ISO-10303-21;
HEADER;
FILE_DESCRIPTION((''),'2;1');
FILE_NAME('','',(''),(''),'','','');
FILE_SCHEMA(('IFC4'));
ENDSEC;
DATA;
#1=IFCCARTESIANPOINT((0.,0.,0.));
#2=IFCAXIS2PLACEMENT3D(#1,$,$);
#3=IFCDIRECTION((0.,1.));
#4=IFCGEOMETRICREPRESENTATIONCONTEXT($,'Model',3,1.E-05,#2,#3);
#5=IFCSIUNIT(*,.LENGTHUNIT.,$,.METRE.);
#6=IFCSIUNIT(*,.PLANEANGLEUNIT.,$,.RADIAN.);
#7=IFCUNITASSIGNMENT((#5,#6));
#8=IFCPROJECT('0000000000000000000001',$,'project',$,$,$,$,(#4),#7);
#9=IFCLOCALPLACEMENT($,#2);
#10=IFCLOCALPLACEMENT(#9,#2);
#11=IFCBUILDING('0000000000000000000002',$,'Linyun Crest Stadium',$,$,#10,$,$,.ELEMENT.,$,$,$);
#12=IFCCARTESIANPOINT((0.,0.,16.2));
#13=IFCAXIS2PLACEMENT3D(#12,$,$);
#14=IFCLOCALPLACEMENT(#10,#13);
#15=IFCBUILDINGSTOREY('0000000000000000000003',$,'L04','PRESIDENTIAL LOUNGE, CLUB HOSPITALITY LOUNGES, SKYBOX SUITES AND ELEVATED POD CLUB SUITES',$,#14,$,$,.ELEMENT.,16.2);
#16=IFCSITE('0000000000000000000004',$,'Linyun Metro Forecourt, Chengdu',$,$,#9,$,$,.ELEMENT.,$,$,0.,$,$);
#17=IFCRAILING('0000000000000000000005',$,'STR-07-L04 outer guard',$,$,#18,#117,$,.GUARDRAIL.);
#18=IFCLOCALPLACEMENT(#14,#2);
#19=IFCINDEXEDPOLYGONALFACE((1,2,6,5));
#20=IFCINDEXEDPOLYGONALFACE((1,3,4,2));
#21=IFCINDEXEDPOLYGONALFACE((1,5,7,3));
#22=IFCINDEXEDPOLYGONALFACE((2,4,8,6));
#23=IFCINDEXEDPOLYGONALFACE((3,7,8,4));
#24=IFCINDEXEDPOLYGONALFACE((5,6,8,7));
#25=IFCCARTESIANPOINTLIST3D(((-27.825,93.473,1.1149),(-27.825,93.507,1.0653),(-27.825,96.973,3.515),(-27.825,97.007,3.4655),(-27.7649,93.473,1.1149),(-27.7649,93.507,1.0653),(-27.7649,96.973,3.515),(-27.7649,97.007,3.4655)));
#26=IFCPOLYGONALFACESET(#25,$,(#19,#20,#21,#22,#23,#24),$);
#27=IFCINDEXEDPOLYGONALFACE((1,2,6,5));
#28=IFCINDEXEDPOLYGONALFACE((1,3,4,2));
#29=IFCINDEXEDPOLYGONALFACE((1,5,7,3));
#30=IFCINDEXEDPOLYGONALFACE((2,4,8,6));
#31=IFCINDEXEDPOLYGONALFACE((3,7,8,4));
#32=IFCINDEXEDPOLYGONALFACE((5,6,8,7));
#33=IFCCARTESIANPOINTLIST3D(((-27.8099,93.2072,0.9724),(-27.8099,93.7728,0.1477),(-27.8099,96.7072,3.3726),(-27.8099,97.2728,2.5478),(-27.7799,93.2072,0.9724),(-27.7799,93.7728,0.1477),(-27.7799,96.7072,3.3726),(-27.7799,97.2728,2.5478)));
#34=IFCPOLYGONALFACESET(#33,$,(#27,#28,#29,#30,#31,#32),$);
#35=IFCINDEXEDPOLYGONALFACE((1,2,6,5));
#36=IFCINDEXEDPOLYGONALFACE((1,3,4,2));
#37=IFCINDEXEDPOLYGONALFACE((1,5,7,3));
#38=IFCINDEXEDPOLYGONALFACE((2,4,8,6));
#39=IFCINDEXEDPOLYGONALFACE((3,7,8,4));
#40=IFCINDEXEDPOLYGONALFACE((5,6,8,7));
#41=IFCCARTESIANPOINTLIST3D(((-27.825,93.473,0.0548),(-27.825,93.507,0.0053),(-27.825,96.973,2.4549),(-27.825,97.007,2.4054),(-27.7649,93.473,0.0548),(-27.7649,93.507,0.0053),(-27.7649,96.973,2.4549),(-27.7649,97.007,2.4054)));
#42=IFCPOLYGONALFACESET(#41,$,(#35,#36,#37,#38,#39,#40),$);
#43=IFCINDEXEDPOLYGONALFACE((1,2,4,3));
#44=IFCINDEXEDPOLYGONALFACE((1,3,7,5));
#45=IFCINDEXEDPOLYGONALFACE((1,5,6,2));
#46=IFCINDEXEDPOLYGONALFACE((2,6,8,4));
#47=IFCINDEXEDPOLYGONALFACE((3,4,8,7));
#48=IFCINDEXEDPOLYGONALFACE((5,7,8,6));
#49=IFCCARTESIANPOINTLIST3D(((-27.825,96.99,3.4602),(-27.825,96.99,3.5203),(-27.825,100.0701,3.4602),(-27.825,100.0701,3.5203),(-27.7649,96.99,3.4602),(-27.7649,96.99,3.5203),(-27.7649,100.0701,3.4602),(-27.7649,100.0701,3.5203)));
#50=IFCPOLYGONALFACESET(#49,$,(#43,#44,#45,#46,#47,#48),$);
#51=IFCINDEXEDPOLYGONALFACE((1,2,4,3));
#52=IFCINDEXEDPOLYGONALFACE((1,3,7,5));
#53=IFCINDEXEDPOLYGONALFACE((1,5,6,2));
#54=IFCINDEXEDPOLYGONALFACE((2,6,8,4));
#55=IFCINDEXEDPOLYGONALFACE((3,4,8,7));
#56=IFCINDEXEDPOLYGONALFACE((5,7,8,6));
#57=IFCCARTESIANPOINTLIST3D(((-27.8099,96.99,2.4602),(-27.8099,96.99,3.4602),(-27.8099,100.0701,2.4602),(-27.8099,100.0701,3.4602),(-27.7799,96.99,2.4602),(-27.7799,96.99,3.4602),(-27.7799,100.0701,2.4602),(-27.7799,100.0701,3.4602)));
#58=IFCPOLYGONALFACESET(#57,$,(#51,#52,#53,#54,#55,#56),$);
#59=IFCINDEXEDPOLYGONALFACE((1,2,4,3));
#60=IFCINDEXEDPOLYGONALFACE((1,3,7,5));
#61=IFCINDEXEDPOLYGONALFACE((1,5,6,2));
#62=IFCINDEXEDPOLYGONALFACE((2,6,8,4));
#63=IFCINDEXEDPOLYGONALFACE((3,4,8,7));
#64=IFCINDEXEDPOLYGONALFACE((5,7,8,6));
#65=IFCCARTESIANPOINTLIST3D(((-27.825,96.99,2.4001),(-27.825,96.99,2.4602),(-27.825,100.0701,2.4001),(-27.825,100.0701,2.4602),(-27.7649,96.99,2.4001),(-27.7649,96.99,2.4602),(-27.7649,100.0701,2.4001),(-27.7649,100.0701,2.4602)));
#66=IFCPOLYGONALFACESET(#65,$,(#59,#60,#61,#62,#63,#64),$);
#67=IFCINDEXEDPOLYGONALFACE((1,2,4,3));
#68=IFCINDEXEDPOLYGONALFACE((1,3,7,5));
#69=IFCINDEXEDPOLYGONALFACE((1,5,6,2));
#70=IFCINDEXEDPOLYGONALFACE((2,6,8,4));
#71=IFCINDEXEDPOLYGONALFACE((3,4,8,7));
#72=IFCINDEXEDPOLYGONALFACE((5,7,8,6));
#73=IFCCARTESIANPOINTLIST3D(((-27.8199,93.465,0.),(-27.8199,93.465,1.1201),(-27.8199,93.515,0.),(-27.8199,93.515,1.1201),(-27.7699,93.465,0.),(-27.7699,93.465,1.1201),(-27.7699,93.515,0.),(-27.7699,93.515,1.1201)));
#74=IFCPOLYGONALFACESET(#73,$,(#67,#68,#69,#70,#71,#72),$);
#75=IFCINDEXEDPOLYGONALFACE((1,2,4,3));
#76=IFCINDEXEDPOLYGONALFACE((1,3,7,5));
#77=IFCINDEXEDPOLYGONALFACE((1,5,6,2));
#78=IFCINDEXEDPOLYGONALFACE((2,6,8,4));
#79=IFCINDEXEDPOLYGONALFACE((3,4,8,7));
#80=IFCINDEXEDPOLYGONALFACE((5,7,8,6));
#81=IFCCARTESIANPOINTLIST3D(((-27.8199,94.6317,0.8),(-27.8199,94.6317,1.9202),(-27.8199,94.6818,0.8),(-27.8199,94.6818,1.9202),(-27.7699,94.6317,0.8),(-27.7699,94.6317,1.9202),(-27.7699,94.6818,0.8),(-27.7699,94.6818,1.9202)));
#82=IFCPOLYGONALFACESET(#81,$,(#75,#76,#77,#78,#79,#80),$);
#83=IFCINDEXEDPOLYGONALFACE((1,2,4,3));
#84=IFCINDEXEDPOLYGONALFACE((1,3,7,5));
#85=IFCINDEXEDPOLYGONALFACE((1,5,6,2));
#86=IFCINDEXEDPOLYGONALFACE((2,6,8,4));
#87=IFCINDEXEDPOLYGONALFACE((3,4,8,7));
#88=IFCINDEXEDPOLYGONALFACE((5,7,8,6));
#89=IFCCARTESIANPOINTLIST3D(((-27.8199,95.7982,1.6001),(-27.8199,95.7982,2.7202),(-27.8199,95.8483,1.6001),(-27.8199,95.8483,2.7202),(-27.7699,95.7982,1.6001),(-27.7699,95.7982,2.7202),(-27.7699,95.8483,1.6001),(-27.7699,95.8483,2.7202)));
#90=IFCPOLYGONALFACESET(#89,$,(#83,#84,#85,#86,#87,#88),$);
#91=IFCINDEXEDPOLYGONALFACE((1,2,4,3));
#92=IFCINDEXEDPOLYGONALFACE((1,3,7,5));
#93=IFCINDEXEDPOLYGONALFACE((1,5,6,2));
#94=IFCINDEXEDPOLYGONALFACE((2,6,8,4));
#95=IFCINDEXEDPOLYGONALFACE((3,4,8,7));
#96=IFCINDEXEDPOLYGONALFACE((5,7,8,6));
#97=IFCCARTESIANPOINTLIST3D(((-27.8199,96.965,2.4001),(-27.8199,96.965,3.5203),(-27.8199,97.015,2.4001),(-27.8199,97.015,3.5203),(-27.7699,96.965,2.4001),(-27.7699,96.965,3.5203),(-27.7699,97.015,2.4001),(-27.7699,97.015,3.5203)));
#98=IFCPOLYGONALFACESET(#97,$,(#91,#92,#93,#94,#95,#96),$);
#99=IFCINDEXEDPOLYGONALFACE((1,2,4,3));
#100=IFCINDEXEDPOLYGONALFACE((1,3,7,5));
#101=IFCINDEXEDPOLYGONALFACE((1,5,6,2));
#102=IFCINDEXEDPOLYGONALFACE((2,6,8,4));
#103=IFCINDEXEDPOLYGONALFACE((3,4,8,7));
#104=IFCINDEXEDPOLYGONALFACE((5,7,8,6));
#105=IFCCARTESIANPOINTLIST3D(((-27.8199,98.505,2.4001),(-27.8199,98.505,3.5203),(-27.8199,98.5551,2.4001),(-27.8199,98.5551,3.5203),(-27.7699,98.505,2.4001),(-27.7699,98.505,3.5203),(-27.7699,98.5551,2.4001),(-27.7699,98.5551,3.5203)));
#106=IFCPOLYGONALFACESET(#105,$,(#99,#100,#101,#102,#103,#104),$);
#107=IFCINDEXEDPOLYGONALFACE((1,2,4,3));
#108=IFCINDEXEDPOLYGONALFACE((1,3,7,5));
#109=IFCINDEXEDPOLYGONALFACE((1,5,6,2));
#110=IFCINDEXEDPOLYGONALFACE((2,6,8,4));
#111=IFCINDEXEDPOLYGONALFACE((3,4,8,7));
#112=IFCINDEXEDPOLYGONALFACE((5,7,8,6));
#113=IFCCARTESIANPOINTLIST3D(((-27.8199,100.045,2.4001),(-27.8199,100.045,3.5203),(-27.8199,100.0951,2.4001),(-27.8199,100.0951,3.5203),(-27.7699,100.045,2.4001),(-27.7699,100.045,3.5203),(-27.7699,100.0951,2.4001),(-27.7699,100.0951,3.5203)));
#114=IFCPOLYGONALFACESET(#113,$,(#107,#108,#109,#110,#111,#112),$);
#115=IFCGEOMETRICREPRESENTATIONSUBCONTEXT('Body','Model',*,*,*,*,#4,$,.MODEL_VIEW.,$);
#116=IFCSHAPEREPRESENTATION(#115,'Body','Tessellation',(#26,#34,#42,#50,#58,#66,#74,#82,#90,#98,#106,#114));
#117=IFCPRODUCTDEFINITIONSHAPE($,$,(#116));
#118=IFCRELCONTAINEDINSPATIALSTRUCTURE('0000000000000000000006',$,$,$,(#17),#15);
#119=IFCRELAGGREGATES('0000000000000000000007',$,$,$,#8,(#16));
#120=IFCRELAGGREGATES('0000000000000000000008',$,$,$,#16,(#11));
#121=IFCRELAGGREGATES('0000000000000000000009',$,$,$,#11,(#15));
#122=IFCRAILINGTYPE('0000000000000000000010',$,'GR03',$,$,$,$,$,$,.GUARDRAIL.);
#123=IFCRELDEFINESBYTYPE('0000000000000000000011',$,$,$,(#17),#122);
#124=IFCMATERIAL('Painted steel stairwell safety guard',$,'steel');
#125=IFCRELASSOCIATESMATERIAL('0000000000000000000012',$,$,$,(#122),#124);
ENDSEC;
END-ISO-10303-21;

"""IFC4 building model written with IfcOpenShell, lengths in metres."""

from ifc_helpers import new_model, si_unit, direction, frame, origin, origin_2d, place, context, subcontext, project, spatial, rectangle, extrude, material, type_object, element, save


model = new_model("IFC4")

# Units and contexts
model_context = context("Model", 3, precision=1e-05, world=origin(), true_north=direction((0.0, 1.0)))
body_context = subcontext(model_context, "Body", "Model", "MODEL_VIEW")
ifc_project = project(units=[si_unit("LENGTHUNIT", "METRE"), si_unit("PLANEANGLEUNIT", "RADIAN")], contexts=[model_context])

# Site, building, storey
site_placement = place(None, origin())
site = spatial("IfcSite", under=ifc_project, at=site_placement, Name="Linyun Metro Forecourt, Chengdu", CompositionType="ELEMENT", RefElevation=0.0)
building_placement = place(site_placement, origin())
building = spatial("IfcBuilding", under=site, at=building_placement, Name="Linyun Crest Stadium", CompositionType="ELEMENT")
storey_placement = place(building_placement, frame((0.0, 0.0, 16.2)))
storey = spatial("IfcBuildingStorey", under=building, at=storey_placement, Name="L04", Description="PRESIDENTIAL LOUNGE, CLUB HOSPITALITY LOUNGES, SKYBOX SUITES AND ELEVATED POD CLUB SUITES", CompositionType="ELEMENT", Elevation=16.2)

# Railing
ifc_material_1 = material(Name="Painted steel stairwell safety guard", Category="steel")
railing_type_1 = type_object("IfcRailingType", Name="GR03", PredefinedType="GUARDRAIL", material=ifc_material_1)
railing_1_placement = place(storey_placement, frame((-27.7949, 93.49, 0.0)))
element("IfcRailing", 1, at=railing_1_placement, inside=storey, type_object=railing_type_1, Name="STR-07-L04 outer guard", PredefinedType="GUARDRAIL", context=body_context, shape_type="SweptSolid", body=[
    extrude(rectangle(XDim=0.0601, YDim=0.0601, at=origin_2d()), frame((0.0, 0.0, 1.0901), z_axis=(0.0, 0.824713, 0.565552), x_axis=(-1.0, 0.0, 0.0)), (0.0, 0.0, 1.0), 4.2439),
    extrude(rectangle(XDim=0.03, YDim=1.0, at=origin_2d()), frame((0.0, 0.0, 0.5601), z_axis=(0.0, 0.824713, 0.565552), x_axis=(-1.0, 0.0, 0.0)), (0.0, 0.0, 1.0), 4.2439),
    extrude(rectangle(XDim=0.0601, YDim=0.0601, at=origin_2d()), frame((0.0, 0.0, 0.03), z_axis=(0.0, 0.824713, 0.565552), x_axis=(-1.0, 0.0, 0.0)), (0.0, 0.0, 1.0), 4.2439),
    extrude(rectangle(XDim=0.0601, YDim=0.0601, at=origin_2d()), frame((0.0, 3.5, 3.4902), z_axis=(0.0, 1.0, 0.0), x_axis=(-1.0, 0.0, 0.0)), (0.0, 0.0, 1.0), 3.0801),
    extrude(rectangle(XDim=0.03, YDim=1.0, at=origin_2d()), frame((0.0, 3.5, 2.9602), z_axis=(0.0, 1.0, 0.0), x_axis=(-1.0, 0.0, 0.0)), (0.0, 0.0, 1.0), 3.0801),
    extrude(rectangle(XDim=0.0601, YDim=0.0601, at=origin_2d()), frame((0.0, 3.5, 2.4302), z_axis=(0.0, 1.0, 0.0), x_axis=(-1.0, 0.0, 0.0)), (0.0, 0.0, 1.0), 3.0801),
    extrude(rectangle(XDim=0.05, YDim=0.05, at=origin_2d()), origin(), (0.0, 0.0, 1.0), 1.1201),
    extrude(rectangle(XDim=0.05, YDim=0.05, at=origin_2d()), frame((0.0, 1.1667, 0.8)), (0.0, 0.0, 1.0), 1.1201),
    extrude(rectangle(XDim=0.05, YDim=0.05, at=origin_2d()), frame((0.0, 2.3333, 1.6001)), (0.0, 0.0, 1.0), 1.1201),
    extrude(rectangle(XDim=0.05, YDim=0.05, at=origin_2d()), frame((0.0, 3.5, 2.4001)), (0.0, 0.0, 1.0), 1.1201),
    extrude(rectangle(XDim=0.05, YDim=0.05, at=origin_2d()), frame((0.0, 5.04, 2.4001)), (0.0, 0.0, 1.0), 1.1201),
    extrude(rectangle(XDim=0.05, YDim=0.05, at=origin_2d()), frame((0.0, 6.5801, 2.4001)), (0.0, 0.0, 1.0), 1.1201),
])

save(model, "model.ifc")
